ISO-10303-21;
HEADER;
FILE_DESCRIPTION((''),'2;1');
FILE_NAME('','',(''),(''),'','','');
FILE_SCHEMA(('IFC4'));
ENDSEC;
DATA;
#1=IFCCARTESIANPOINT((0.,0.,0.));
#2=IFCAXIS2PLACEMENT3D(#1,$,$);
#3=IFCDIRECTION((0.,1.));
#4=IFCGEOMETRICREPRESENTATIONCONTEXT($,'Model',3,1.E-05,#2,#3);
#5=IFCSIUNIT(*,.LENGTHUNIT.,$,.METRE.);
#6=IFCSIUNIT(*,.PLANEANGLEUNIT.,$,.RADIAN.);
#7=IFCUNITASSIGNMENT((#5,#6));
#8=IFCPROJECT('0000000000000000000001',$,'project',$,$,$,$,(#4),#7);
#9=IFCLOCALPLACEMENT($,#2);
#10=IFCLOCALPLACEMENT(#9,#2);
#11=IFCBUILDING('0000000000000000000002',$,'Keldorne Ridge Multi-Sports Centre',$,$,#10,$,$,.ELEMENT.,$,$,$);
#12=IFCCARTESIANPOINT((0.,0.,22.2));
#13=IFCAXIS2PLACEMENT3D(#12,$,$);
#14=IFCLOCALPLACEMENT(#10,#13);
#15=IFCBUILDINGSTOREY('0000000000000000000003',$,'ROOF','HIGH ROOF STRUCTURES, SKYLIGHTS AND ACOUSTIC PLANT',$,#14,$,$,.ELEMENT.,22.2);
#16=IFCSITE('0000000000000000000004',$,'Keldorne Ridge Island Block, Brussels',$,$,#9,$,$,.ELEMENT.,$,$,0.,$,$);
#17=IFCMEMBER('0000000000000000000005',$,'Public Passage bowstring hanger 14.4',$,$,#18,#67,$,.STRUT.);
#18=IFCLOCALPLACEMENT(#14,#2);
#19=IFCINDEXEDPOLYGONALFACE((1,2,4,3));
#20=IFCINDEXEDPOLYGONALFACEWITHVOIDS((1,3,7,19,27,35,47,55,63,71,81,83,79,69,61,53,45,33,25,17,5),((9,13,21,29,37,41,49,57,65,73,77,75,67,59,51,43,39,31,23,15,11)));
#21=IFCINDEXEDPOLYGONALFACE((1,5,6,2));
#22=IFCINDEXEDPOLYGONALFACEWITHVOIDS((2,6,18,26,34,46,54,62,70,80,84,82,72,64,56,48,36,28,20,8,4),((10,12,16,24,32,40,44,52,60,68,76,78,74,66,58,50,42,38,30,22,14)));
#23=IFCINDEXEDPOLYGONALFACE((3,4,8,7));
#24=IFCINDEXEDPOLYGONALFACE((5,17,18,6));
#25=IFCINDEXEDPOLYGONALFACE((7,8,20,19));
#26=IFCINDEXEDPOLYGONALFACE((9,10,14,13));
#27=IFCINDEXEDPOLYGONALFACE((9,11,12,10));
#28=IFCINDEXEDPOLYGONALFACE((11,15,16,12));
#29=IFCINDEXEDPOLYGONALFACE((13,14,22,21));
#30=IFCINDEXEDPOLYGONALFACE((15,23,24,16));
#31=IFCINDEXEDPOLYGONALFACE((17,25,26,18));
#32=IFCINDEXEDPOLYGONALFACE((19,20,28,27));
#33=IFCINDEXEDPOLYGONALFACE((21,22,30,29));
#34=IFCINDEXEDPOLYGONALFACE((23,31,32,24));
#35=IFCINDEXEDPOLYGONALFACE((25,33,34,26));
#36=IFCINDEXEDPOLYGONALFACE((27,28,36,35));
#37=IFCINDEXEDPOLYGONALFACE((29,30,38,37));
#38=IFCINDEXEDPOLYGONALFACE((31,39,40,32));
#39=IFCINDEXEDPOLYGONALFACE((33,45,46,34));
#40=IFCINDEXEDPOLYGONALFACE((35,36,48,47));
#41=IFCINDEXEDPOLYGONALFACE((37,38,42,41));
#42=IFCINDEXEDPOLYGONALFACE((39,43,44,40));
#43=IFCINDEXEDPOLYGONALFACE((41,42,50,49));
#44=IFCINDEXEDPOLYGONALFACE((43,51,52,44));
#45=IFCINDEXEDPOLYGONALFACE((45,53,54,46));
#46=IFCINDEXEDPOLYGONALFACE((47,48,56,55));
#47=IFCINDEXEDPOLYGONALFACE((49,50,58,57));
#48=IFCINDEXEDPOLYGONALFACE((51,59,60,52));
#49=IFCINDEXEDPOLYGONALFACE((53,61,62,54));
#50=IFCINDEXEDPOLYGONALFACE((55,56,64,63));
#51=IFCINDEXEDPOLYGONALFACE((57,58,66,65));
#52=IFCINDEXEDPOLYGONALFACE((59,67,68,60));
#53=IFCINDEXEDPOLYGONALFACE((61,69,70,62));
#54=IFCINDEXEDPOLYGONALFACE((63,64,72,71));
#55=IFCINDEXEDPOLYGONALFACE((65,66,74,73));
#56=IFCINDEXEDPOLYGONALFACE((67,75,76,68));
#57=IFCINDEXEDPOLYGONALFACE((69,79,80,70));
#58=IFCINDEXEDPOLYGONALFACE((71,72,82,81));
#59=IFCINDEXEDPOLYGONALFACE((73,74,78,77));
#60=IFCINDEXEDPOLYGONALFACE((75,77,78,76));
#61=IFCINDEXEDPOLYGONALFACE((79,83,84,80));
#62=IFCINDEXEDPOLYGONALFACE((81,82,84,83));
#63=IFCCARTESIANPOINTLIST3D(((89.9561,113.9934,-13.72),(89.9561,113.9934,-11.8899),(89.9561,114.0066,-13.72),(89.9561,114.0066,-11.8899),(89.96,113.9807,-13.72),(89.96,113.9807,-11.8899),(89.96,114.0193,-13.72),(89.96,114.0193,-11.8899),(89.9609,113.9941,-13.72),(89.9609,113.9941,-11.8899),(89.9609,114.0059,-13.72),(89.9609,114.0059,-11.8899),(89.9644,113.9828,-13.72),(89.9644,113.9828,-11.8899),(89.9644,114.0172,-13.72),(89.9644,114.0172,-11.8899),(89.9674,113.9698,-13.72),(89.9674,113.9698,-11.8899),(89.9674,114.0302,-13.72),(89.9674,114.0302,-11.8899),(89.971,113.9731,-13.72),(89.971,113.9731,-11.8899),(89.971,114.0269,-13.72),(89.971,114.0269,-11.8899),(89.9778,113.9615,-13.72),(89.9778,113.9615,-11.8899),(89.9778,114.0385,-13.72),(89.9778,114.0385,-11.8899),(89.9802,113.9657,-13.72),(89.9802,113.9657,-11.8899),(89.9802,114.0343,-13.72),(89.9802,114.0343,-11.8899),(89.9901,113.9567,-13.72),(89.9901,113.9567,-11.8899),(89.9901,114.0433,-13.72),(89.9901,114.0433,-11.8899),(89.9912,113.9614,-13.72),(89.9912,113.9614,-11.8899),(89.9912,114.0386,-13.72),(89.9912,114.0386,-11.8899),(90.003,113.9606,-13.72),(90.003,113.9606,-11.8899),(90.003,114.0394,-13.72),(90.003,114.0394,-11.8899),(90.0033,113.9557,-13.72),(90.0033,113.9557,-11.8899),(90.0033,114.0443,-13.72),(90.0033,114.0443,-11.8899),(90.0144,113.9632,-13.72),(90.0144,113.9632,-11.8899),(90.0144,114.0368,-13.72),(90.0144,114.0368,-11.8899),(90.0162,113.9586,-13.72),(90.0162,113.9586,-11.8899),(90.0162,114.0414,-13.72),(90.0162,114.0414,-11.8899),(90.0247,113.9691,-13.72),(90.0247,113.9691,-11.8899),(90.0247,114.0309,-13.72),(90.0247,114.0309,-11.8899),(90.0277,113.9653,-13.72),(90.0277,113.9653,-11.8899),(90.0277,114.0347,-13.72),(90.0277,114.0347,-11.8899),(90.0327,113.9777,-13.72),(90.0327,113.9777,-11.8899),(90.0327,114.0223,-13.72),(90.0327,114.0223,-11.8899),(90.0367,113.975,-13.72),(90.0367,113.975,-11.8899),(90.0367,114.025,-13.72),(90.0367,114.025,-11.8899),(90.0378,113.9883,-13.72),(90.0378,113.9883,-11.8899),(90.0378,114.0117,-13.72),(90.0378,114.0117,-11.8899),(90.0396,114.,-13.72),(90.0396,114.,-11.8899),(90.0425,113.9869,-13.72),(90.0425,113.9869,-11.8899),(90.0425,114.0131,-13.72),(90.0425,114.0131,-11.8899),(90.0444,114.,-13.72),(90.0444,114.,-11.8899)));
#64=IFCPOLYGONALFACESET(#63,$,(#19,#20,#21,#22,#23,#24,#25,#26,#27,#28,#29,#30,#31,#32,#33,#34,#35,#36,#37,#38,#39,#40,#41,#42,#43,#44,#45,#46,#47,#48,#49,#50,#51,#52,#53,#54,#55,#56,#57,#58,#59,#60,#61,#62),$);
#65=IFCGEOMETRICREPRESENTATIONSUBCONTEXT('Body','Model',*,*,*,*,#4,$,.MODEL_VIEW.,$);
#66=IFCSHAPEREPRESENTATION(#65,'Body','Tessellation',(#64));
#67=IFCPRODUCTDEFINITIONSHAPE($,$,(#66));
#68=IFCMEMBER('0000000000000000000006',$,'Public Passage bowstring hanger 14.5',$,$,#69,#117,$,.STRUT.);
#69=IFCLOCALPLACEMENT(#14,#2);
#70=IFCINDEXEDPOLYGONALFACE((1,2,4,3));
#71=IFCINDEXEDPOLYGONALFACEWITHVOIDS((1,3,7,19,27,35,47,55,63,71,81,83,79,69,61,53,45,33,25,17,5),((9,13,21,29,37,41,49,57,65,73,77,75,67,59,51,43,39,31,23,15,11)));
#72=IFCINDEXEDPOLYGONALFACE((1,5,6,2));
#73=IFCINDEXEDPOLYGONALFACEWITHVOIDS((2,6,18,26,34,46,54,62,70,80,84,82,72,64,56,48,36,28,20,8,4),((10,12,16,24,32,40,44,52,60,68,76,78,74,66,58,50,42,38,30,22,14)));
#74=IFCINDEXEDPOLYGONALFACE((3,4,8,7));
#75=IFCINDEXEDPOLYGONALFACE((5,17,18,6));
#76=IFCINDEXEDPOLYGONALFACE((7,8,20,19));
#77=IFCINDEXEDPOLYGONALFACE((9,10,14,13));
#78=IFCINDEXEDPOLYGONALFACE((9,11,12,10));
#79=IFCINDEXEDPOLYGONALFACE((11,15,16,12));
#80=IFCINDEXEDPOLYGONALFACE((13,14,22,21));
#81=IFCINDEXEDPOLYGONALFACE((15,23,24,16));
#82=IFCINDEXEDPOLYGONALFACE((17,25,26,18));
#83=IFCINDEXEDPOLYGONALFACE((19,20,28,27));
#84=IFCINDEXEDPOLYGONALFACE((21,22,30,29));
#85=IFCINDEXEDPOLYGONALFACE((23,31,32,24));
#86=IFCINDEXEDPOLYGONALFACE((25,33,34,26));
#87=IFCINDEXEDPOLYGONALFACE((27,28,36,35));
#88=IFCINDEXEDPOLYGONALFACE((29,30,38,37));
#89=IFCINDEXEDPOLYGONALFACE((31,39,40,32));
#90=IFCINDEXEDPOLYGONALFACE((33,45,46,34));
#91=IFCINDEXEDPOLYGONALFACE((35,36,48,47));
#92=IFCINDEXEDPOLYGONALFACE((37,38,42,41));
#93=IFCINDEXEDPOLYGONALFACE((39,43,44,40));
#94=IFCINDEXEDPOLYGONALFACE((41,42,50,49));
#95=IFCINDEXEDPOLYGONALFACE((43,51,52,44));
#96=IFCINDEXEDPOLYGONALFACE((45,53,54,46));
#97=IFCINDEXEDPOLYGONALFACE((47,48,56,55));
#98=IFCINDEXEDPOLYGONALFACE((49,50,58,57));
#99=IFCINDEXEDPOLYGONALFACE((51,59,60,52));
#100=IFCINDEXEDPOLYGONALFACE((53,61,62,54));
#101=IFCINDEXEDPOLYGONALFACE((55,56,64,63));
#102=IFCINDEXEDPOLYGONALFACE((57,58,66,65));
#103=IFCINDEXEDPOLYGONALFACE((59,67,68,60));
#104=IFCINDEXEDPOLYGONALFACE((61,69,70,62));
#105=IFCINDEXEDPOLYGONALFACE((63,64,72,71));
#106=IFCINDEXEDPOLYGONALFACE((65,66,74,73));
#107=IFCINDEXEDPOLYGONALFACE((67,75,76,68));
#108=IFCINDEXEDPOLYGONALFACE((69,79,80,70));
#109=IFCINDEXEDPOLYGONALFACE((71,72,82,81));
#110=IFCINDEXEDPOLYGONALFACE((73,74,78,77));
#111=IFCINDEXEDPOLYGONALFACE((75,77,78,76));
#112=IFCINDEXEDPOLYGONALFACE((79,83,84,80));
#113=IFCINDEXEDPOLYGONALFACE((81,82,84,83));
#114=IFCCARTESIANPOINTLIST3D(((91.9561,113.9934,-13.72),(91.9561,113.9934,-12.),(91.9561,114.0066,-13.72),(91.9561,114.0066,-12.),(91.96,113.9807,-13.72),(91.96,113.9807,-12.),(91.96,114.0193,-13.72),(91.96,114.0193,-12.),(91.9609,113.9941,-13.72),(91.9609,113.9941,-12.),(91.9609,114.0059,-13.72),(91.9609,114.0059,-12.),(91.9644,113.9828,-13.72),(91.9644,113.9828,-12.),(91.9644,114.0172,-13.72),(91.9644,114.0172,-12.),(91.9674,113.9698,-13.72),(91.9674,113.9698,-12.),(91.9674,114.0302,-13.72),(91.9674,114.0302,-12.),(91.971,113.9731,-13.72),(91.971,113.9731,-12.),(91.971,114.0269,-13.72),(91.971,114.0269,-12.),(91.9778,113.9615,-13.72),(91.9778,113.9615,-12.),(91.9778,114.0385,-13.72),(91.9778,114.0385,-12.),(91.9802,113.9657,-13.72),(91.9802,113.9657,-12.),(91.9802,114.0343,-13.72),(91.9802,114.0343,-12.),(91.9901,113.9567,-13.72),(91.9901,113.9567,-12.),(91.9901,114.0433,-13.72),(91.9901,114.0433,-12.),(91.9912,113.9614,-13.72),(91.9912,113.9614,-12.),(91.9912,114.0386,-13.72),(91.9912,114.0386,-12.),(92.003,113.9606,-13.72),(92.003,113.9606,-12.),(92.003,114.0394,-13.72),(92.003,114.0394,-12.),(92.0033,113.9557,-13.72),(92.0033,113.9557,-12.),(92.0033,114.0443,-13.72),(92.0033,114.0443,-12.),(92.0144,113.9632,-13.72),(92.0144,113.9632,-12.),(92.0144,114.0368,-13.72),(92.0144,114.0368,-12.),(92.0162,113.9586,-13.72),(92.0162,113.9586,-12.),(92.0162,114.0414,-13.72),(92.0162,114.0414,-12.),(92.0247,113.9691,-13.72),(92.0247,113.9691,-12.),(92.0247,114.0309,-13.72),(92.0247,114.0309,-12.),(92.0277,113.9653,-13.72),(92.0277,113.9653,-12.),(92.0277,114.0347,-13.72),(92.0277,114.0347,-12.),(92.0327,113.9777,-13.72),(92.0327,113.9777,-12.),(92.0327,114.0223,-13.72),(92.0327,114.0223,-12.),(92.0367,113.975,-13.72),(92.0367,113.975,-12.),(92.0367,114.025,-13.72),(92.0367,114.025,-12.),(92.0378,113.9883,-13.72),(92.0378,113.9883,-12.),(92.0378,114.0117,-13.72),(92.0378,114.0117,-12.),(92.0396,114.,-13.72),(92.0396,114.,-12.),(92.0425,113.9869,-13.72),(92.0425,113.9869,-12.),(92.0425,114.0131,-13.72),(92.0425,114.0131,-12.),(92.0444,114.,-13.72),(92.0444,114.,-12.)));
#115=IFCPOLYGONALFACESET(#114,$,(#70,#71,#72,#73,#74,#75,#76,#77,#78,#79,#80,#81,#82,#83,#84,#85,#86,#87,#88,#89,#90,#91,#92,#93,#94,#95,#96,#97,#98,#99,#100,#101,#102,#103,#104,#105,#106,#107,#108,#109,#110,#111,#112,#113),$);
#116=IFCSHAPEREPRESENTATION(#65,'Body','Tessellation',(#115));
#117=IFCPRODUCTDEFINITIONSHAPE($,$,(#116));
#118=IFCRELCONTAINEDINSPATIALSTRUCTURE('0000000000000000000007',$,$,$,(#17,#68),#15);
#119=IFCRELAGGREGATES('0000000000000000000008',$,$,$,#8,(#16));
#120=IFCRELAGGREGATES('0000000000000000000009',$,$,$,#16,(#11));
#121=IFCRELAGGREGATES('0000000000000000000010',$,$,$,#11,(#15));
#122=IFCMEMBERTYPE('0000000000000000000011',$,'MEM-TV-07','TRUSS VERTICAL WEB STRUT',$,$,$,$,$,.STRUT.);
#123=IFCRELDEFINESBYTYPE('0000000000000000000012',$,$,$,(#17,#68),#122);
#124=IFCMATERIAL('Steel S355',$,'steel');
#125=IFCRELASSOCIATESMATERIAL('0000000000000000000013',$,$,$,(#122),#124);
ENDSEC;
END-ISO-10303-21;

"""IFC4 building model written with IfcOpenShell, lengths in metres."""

from ifc_helpers import new_model, si_unit, direction, frame, origin, origin_2d, place, context, subcontext, project, spatial, hollow_circle, extrude, material, material_profile, profile_set, type_object, element, save


model = new_model("IFC4")

# Units and contexts
model_context = context("Model", 3, precision=1e-05, world=origin(), true_north=direction((0.0, 1.0)))
body_context = subcontext(model_context, "Body", "Model", "MODEL_VIEW")
ifc_project = project(units=[si_unit("LENGTHUNIT", "METRE"), si_unit("PLANEANGLEUNIT", "RADIAN")], contexts=[model_context])

# Site, building, storey
site_placement = place(None, origin())
site = spatial("IfcSite", under=ifc_project, at=site_placement, Name="Keldorne Ridge Island Block, Brussels", CompositionType="ELEMENT", RefElevation=0.0)
building_placement = place(site_placement, origin())
building = spatial("IfcBuilding", under=site, at=building_placement, Name="Keldorne Ridge Multi-Sports Centre", CompositionType="ELEMENT")
storey_placement = place(building_placement, frame((0.0, 0.0, 22.2)))
storey = spatial("IfcBuildingStorey", under=building, at=storey_placement, Name="ROOF", Description="HIGH ROOF STRUCTURES, SKYLIGHTS AND ACOUSTIC PLANT", CompositionType="ELEMENT", Elevation=22.2)

# Members
ifc_material = material(Name="Steel S355", Category="steel")
ifc_material_profile_1 = material_profile(ifc_material, hollow_circle(Radius=0.0444, WallThickness=0.0049, at=origin_2d()), Name="CHS 88.9x5")
ifc_profile_set_1 = profile_set([ifc_material_profile_1], Name="Steel S355")
member_type_1 = type_object("IfcMemberType", Name="MEM-TV-07", Description="TRUSS VERTICAL WEB STRUT", PredefinedType="STRUT", material=ifc_profile_set_1)
member_1_placement = place(storey_placement, frame((90.0, 114.0, -13.72), z_axis=(0.0, 0.0, 1.0), x_axis=(1.0, 0.0, 0.0)))
element("IfcMember", 1, at=member_1_placement, inside=storey, type_object=member_type_1, Name="Public Passage bowstring hanger 14.4", PredefinedType="STRUT", context=body_context, shape_type="SweptSolid", body=[
    extrude(hollow_circle(Radius=0.0444, WallThickness=0.0049, at=origin_2d()), origin(), (0.0, 0.0, 1.0), 1.8301),
])
member_2_placement = place(storey_placement, frame((92.0, 114.0, -13.72), z_axis=(0.0, 0.0, 1.0), x_axis=(1.0, 0.0, 0.0)))
element("IfcMember", 2, at=member_2_placement, inside=storey, type_object=member_type_1, Name="Public Passage bowstring hanger 14.5", PredefinedType="STRUT", context=body_context, shape_type="SweptSolid", body=[
    extrude(hollow_circle(Radius=0.0444, WallThickness=0.0049, at=origin_2d()), origin(), (0.0, 0.0, 1.0), 1.72),
])

save(model, "model.ifc")
